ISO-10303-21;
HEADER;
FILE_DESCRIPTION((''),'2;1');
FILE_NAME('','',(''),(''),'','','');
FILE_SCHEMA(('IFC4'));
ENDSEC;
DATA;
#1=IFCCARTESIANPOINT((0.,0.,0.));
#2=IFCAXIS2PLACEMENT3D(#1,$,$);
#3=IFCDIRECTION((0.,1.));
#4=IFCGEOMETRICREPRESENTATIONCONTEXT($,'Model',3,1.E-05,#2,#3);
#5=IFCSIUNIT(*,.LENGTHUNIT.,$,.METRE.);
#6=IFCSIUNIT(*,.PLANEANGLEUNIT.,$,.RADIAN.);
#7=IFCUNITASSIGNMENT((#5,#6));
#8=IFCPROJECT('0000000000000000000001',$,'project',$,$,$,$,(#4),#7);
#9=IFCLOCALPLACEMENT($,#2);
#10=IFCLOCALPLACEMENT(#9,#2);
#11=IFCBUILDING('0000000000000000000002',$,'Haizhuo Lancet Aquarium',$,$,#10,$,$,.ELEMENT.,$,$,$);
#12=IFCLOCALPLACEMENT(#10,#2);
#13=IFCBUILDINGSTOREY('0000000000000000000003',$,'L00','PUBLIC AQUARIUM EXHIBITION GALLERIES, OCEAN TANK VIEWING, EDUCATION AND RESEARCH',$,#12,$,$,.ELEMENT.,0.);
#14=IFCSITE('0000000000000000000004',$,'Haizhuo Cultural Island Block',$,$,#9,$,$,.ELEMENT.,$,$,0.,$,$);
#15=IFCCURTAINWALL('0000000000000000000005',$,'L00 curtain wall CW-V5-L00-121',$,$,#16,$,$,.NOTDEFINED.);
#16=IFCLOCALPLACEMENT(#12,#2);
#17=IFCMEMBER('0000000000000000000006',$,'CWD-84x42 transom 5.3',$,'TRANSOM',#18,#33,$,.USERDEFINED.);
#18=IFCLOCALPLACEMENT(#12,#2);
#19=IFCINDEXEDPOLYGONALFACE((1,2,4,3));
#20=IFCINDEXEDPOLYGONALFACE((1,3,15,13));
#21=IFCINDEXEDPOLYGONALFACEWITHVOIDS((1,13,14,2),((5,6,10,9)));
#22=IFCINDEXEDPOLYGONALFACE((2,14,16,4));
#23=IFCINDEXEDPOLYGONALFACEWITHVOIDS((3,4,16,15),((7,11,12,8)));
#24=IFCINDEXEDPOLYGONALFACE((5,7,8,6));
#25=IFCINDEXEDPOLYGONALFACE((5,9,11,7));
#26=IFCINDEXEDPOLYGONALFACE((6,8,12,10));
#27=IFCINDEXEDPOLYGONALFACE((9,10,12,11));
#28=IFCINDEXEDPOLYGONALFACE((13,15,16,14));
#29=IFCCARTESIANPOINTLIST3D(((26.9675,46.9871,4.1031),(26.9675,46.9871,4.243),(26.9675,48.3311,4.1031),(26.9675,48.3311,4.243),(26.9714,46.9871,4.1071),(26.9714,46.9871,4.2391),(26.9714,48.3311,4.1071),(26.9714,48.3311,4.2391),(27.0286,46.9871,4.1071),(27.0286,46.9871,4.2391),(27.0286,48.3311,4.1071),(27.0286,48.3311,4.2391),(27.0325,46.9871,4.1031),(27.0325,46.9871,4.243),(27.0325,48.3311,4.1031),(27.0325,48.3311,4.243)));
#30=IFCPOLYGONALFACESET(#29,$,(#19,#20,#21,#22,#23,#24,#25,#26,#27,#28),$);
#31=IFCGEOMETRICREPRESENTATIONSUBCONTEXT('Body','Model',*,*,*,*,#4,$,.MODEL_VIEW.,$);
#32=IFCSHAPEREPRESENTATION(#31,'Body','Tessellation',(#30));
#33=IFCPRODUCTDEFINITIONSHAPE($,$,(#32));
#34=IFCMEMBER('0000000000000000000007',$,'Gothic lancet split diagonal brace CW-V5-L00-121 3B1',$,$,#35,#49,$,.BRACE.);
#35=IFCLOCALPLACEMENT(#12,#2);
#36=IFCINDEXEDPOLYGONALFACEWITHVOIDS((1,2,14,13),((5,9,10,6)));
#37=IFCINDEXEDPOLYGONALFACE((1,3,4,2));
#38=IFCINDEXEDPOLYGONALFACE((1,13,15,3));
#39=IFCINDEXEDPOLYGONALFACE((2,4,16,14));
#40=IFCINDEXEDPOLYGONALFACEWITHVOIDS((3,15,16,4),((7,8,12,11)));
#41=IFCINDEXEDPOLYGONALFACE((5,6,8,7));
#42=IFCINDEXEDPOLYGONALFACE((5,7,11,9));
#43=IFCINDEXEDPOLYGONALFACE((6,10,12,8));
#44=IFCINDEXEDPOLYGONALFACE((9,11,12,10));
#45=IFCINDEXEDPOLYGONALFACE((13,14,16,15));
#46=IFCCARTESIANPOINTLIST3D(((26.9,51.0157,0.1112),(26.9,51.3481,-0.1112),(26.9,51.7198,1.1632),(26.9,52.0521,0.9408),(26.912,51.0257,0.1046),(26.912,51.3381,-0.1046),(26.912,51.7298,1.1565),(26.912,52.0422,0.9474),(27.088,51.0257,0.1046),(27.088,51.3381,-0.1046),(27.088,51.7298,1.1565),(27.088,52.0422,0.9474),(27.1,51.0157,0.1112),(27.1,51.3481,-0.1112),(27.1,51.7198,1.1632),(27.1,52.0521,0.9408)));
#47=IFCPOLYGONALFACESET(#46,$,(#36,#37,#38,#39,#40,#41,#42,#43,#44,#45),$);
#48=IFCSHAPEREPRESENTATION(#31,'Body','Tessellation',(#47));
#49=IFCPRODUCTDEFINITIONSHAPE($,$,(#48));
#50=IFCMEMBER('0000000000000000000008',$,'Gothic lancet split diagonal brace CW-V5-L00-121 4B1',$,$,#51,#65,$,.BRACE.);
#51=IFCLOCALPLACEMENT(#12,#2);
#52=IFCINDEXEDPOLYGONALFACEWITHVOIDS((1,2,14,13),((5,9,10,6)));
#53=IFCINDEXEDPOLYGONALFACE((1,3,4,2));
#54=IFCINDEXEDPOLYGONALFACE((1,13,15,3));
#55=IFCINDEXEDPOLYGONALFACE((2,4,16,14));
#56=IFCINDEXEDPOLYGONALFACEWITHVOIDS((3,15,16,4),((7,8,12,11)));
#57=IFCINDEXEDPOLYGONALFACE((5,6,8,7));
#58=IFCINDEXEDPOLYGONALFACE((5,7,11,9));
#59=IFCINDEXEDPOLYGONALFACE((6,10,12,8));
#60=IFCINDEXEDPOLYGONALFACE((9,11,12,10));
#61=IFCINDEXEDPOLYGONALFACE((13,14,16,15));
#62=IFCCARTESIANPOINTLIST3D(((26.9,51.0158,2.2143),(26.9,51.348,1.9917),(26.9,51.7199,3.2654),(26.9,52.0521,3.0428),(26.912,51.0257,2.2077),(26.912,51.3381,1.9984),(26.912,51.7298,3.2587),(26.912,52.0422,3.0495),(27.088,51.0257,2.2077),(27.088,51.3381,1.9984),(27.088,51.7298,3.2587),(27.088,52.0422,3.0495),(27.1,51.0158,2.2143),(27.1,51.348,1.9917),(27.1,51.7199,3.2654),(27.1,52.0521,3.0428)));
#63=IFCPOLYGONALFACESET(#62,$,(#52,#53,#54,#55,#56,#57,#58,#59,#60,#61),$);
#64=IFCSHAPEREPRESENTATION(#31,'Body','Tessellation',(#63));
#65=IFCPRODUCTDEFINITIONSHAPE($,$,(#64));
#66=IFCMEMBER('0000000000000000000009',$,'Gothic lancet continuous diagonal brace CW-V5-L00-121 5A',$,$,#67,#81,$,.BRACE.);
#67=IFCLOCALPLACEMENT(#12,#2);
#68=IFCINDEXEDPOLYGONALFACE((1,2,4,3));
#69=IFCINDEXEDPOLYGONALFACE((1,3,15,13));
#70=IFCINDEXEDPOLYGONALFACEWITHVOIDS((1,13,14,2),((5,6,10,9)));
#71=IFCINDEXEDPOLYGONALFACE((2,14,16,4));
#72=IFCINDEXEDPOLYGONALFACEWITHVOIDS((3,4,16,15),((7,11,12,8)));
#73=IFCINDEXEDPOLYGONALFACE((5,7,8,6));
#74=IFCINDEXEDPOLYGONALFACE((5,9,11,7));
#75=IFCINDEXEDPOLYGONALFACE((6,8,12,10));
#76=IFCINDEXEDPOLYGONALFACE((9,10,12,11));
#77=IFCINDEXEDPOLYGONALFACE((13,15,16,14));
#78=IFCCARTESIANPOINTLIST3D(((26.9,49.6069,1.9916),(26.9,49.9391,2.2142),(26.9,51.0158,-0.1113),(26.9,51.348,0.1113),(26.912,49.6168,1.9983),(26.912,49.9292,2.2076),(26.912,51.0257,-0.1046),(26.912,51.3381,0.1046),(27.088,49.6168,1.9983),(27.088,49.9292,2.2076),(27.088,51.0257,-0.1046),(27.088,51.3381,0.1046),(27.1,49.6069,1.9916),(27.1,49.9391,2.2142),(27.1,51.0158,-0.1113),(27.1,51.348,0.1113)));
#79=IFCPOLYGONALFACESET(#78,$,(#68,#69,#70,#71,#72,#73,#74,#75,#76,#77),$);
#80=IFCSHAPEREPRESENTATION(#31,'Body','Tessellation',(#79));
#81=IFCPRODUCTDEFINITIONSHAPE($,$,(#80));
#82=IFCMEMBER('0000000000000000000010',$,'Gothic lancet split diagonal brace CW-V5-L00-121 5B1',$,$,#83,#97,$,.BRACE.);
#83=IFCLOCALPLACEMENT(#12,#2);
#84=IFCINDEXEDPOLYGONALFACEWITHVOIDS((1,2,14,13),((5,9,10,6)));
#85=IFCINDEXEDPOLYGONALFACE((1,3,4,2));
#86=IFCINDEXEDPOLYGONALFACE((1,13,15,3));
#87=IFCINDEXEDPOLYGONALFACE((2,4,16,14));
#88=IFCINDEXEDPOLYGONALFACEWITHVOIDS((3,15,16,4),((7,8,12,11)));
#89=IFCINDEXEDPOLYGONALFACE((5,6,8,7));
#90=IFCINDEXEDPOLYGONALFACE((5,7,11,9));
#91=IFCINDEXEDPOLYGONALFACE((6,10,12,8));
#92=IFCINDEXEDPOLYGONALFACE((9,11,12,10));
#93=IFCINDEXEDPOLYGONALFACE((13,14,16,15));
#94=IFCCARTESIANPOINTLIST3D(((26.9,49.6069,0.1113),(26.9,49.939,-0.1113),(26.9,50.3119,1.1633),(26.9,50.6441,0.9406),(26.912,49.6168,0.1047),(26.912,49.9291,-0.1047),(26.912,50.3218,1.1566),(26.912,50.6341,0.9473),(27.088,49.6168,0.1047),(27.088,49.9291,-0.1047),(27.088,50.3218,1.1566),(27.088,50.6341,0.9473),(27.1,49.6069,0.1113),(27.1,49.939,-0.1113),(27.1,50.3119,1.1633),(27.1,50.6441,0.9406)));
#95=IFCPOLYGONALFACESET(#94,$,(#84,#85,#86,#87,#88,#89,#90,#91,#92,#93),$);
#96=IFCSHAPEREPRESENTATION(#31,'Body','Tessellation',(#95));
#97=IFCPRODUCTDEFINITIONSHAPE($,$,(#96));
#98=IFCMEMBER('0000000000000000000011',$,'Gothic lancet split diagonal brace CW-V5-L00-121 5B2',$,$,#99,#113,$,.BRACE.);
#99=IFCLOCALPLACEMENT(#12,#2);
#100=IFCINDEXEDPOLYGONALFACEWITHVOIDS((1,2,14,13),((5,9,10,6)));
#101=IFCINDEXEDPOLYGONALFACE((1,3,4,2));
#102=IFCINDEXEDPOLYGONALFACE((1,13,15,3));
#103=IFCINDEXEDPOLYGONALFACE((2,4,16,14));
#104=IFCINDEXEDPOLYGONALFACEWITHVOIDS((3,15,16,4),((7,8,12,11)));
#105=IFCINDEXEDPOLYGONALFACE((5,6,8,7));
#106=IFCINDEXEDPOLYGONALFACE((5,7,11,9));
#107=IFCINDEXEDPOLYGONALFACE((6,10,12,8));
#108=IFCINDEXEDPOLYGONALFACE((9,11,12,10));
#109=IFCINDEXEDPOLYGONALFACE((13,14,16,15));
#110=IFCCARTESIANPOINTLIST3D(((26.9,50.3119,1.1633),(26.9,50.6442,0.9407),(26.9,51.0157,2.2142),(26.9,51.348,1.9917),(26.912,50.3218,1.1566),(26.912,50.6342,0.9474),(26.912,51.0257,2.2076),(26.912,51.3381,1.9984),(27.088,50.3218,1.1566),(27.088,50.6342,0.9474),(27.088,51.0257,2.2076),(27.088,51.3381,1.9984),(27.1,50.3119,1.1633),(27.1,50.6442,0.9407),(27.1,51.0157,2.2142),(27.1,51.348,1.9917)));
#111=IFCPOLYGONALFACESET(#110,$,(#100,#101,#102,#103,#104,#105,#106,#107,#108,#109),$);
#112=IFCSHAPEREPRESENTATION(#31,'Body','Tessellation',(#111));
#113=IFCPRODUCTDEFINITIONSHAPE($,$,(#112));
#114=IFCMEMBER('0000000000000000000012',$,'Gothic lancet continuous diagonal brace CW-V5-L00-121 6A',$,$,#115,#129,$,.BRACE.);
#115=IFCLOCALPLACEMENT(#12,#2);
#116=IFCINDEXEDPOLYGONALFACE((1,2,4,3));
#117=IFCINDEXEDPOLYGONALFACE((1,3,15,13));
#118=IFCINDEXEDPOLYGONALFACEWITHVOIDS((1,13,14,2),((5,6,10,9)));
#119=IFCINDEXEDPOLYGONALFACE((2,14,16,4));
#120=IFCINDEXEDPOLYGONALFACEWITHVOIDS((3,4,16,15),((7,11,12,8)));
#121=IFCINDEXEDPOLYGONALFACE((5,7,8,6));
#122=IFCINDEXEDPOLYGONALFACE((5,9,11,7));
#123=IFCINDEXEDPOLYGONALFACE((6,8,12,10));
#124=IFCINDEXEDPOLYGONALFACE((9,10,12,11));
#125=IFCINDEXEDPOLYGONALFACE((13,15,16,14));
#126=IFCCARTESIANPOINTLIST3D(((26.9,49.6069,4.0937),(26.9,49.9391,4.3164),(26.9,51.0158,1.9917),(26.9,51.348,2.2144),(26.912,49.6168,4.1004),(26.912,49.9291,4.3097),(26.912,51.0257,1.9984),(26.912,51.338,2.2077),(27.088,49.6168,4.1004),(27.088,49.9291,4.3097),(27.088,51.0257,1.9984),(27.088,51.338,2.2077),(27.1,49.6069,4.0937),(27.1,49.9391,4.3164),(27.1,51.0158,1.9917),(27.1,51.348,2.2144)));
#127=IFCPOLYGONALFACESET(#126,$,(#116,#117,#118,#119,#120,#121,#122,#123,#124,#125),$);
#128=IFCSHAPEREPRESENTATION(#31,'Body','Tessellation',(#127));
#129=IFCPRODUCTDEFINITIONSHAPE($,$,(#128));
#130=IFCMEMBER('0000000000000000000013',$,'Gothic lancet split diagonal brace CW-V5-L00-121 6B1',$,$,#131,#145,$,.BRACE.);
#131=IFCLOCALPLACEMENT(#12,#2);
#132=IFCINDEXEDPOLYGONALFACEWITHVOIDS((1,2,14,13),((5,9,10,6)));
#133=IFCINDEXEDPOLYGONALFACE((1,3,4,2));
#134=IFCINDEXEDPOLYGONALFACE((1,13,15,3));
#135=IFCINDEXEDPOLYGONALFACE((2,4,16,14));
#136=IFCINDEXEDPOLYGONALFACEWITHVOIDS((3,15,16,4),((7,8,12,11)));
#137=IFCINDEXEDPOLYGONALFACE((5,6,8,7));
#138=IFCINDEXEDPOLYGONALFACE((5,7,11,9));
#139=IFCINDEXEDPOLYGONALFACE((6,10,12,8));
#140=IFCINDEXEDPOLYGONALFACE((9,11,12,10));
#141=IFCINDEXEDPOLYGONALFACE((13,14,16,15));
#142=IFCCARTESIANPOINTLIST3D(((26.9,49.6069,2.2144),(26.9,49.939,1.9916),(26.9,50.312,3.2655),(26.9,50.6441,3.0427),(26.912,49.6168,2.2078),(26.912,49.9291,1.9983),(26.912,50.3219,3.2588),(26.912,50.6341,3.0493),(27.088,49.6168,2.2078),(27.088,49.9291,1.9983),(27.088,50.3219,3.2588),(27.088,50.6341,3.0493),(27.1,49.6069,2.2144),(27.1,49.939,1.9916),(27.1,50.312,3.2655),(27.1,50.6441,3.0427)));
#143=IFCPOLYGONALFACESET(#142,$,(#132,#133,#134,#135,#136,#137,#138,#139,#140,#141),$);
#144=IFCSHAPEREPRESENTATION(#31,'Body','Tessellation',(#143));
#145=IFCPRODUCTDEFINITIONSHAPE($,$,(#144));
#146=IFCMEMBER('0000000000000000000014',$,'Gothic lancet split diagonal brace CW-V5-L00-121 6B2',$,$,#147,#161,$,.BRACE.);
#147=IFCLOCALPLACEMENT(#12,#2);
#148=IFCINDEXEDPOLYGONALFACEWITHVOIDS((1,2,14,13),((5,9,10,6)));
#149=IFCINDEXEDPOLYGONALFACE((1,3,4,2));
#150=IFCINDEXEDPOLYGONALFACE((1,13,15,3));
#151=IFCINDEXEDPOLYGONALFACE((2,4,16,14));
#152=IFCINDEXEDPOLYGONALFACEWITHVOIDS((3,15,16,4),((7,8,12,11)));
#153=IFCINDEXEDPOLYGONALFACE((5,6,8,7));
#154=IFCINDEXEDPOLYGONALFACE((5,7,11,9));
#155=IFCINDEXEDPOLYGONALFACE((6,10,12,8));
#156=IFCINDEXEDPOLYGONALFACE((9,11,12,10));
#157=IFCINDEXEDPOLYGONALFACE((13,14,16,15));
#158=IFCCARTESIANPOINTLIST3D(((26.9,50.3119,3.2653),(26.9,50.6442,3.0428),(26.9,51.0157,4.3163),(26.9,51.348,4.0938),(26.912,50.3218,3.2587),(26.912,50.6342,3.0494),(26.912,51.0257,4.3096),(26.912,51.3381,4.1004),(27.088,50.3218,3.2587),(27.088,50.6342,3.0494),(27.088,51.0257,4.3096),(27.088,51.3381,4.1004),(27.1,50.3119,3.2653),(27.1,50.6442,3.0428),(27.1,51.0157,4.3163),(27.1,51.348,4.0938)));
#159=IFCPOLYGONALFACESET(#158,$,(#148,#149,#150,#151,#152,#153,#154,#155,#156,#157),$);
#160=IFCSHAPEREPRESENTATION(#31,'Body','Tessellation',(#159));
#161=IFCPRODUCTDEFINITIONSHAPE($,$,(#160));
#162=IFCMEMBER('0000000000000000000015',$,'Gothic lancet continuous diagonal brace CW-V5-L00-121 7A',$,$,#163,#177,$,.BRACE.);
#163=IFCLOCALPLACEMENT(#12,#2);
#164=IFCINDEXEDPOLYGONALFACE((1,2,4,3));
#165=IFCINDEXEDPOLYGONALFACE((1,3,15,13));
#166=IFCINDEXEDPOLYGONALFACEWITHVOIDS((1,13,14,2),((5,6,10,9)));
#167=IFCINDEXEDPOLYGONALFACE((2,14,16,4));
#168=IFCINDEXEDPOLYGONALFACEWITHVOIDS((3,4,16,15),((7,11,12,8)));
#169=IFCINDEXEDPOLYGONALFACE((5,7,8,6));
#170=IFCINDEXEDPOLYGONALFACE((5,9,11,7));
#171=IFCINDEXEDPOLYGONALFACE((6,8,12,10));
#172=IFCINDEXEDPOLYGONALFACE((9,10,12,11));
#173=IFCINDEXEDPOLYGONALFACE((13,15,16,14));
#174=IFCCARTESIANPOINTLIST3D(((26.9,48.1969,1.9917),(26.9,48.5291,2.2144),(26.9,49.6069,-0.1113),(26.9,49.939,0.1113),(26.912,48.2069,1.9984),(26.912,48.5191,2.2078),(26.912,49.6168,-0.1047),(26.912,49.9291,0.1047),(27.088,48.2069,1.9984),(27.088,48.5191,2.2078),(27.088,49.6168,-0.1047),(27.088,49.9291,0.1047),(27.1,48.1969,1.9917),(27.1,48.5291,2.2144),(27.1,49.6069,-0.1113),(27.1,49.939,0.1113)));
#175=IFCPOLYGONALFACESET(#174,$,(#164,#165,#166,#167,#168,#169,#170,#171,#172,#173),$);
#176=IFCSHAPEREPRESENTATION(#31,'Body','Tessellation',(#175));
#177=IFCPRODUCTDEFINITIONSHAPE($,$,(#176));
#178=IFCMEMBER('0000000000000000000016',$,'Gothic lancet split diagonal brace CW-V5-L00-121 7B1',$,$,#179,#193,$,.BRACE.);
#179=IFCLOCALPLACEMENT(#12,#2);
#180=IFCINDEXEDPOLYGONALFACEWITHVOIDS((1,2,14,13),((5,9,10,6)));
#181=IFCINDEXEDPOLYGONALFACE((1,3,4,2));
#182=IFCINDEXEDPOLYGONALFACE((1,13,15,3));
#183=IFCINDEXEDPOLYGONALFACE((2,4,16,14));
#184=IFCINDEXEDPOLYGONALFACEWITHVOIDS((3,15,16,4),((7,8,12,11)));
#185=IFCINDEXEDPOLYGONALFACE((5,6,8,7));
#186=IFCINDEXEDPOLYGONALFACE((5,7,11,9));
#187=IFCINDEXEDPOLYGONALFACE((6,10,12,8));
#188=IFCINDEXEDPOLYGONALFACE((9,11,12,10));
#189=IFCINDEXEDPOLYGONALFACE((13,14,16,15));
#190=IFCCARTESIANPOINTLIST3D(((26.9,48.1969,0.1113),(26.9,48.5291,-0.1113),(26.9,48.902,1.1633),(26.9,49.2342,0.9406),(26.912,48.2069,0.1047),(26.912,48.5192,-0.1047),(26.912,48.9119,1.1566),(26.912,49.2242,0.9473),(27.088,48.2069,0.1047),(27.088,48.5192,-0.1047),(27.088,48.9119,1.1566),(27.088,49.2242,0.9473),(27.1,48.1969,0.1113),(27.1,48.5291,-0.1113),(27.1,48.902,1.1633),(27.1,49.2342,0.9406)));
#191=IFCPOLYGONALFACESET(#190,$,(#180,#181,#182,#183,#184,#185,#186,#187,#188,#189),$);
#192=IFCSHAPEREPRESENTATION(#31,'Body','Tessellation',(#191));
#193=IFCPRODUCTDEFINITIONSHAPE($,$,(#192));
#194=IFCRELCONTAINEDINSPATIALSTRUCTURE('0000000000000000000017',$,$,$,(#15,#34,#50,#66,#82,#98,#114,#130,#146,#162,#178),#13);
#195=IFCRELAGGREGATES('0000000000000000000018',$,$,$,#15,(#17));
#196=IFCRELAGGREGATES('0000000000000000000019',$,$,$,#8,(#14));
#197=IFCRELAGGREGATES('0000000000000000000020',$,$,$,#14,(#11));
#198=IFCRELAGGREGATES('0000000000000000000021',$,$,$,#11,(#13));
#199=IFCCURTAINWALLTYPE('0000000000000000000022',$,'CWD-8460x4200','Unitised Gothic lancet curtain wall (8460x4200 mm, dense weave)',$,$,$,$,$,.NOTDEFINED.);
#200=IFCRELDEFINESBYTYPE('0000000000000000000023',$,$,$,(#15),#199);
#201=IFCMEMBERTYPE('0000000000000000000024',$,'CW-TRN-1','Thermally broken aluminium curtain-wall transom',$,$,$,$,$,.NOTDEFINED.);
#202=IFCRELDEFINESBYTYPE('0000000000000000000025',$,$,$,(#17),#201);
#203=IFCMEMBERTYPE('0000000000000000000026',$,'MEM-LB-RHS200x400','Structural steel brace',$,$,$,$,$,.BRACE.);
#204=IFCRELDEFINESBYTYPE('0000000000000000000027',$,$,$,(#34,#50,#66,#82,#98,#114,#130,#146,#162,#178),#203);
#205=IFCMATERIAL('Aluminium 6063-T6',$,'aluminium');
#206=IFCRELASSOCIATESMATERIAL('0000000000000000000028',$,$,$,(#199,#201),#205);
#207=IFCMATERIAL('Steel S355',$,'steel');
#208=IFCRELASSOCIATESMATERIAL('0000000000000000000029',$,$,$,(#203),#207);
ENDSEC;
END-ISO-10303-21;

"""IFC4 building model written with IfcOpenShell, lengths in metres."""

from ifc_helpers import new_model, si_unit, direction, frame, origin, origin_2d, place, context, subcontext, project, spatial, hollow_rectangle, extrude, material, material_profile, profile_set, type_object, element, aggregate, save


model = new_model("IFC4")

# Units and contexts
model_context = context("Model", 3, precision=1e-05, world=origin(), true_north=direction((0.0, 1.0)))
body_context = subcontext(model_context, "Body", "Model", "MODEL_VIEW")
ifc_project = project(units=[si_unit("LENGTHUNIT", "METRE"), si_unit("PLANEANGLEUNIT", "RADIAN")], contexts=[model_context])

# Site, building, storey
site_placement = place(None, origin())
site = spatial("IfcSite", under=ifc_project, at=site_placement, Name="Haizhuo Cultural Island Block", CompositionType="ELEMENT", RefElevation=0.0)
building_placement = place(site_placement, origin())
building = spatial("IfcBuilding", under=site, at=building_placement, Name="Haizhuo Lancet Aquarium", CompositionType="ELEMENT")
storey_placement = place(building_placement, origin())
storey = spatial("IfcBuildingStorey", under=building, at=storey_placement, Name="L00", Description="PUBLIC AQUARIUM EXHIBITION GALLERIES, OCEAN TANK VIEWING, EDUCATION AND RESEARCH", CompositionType="ELEMENT", Elevation=0.0)

# Curtain wall, member
ifc_material_1 = material(Name="Aluminium 6063-T6", Category="aluminium")
curtain_wall_type = type_object("IfcCurtainWallType", Name="CWD-8460x4200", Description="Unitised Gothic lancet curtain wall (8460x4200 mm, dense weave)", PredefinedType="NOTDEFINED", material=ifc_material_1)
curtain_wall_placement = place(storey_placement, origin())
curtain_wall = element("IfcCurtainWall", 1, at=curtain_wall_placement, inside=storey, type_object=curtain_wall_type, Name="L00 curtain wall CW-V5-L00-121", PredefinedType="NOTDEFINED")
ifc_material_profile_1 = material_profile(ifc_material_1, hollow_rectangle(XDim=0.0649, YDim=0.1399, WallThickness=0.0039, at=origin_2d()), Name="ALU-T 65x140x4")
ifc_profile_set_1 = profile_set([ifc_material_profile_1], Name="Aluminium 6063-T6")
member_type_1 = type_object("IfcMemberType", Name="CW-TRN-1", Description="Thermally broken aluminium curtain-wall transom", PredefinedType="NOTDEFINED", material=ifc_profile_set_1)
member_1_placement = place(storey_placement, frame((27.0, 48.3311, 4.1731), z_axis=(0.0, -1.0, 0.0), x_axis=(1.0, 0.0, 0.0)))
member_1 = element("IfcMember", 2, at=member_1_placement, type_object=member_type_1, Name="CWD-84x42 transom 5.3", ObjectType="TRANSOM", PredefinedType="USERDEFINED", context=body_context, shape_type="SweptSolid", body=[
    extrude(hollow_rectangle(XDim=0.0649, YDim=0.1399, WallThickness=0.0039, at=origin_2d()), origin(), (0.0, 0.0, 1.0), 1.344),
])

# Members
ifc_material_2 = material(Name="Steel S355", Category="steel")
ifc_material_profile_2 = material_profile(ifc_material_2, hollow_rectangle(XDim=0.2, YDim=0.3999, WallThickness=0.012, at=origin_2d()), Name="RHS 200x400x12")
ifc_profile_set_2 = profile_set([ifc_material_profile_2], Name="Steel S355")
member_type_2 = type_object("IfcMemberType", Name="MEM-LB-RHS200x400", Description="Structural steel brace", PredefinedType="BRACE", material=ifc_profile_set_2)
member_2_placement = place(storey_placement, frame((27.0, 51.1819, 0.0), z_axis=(0.0, 0.556212, 0.83104), x_axis=(-1.0, 0.0, 0.0)))
element("IfcMember", 3, at=member_2_placement, inside=storey, type_object=member_type_2, Name="Gothic lancet split diagonal brace CW-V5-L00-121 3B1", PredefinedType="BRACE", context=body_context, shape_type="SweptSolid", body=[
    extrude(hollow_rectangle(XDim=0.2, YDim=0.3999, WallThickness=0.012, at=origin_2d()), origin(), (0.0, 0.0, 1.0), 1.2659),
])
member_3_placement = place(storey_placement, frame((27.0, 51.1819, 2.103), z_axis=(0.0, 0.556569, 0.830801), x_axis=(-1.0, 0.0, 0.0)))
element("IfcMember", 4, at=member_3_placement, inside=storey, type_object=member_type_2, Name="Gothic lancet split diagonal brace CW-V5-L00-121 4B1", PredefinedType="BRACE", context=body_context, shape_type="SweptSolid", body=[
    extrude(hollow_rectangle(XDim=0.2, YDim=0.3999, WallThickness=0.012, at=origin_2d()), origin(), (0.0, 0.0, 1.0), 1.2651),
])
member_4_placement = place(storey_placement, frame((27.0, 51.1819, 0.0), z_axis=(0.0, -0.556591, 0.830787), x_axis=(1.0, 0.0, 0.0)))
element("IfcMember", 5, at=member_4_placement, inside=storey, type_object=member_type_2, Name="Gothic lancet continuous diagonal brace CW-V5-L00-121 5A", PredefinedType="BRACE", context=body_context, shape_type="SweptSolid", body=[
    extrude(hollow_rectangle(XDim=0.2, YDim=0.3999, WallThickness=0.012, at=origin_2d()), origin(), (0.0, 0.0, 1.0), 2.5312),
])
member_5_placement = place(storey_placement, frame((27.0, 49.7729, 0.0), z_axis=(0.0, 0.556745, 0.830683), x_axis=(-1.0, 0.0, 0.0)))
element("IfcMember", 6, at=member_5_placement, inside=storey, type_object=member_type_2, Name="Gothic lancet split diagonal brace CW-V5-L00-121 5B1", PredefinedType="BRACE", context=body_context, shape_type="SweptSolid", body=[
    extrude(hollow_rectangle(XDim=0.2, YDim=0.3999, WallThickness=0.012, at=origin_2d()), origin(), (0.0, 0.0, 1.0), 1.2664),
])
member_6_placement = place(storey_placement, frame((27.0, 50.478, 1.052), z_axis=(0.0, 0.556436, 0.83089), x_axis=(-1.0, 0.0, 0.0)))
element("IfcMember", 7, at=member_6_placement, inside=storey, type_object=member_type_2, Name="Gothic lancet split diagonal brace CW-V5-L00-121 5B2", PredefinedType="BRACE", context=body_context, shape_type="SweptSolid", body=[
    extrude(hollow_rectangle(XDim=0.2, YDim=0.3999, WallThickness=0.012, at=origin_2d()), origin(), (0.0, 0.0, 1.0), 1.2649),
])
member_7_placement = place(storey_placement, frame((27.0, 51.1819, 2.103), z_axis=(0.0, -0.556769, 0.830667), x_axis=(1.0, 0.0, 0.0)))
element("IfcMember", 8, at=member_7_placement, inside=storey, type_object=member_type_2, Name="Gothic lancet continuous diagonal brace CW-V5-L00-121 6A", PredefinedType="BRACE", context=body_context, shape_type="SweptSolid", body=[
    extrude(hollow_rectangle(XDim=0.2, YDim=0.3999, WallThickness=0.012, at=origin_2d()), origin(), (0.0, 0.0, 1.0), 2.5305),
])
member_8_placement = place(storey_placement, frame((27.0, 49.7729, 2.103), z_axis=(0.0, 0.557102, 0.830444), x_axis=(-1.0, 0.0, 0.0)))
element("IfcMember", 9, at=member_8_placement, inside=storey, type_object=member_type_2, Name="Gothic lancet split diagonal brace CW-V5-L00-121 6B1", PredefinedType="BRACE", context=body_context, shape_type="SweptSolid", body=[
    extrude(hollow_rectangle(XDim=0.2, YDim=0.3999, WallThickness=0.012, at=origin_2d()), origin(), (0.0, 0.0, 1.0), 1.2656),
])
member_9_placement = place(storey_placement, frame((27.0, 50.478, 3.1541), z_axis=(0.0, 0.556436, 0.83089), x_axis=(-1.0, 0.0, 0.0)))
element("IfcMember", 10, at=member_9_placement, inside=storey, type_object=member_type_2, Name="Gothic lancet split diagonal brace CW-V5-L00-121 6B2", PredefinedType="BRACE", context=body_context, shape_type="SweptSolid", body=[
    extrude(hollow_rectangle(XDim=0.2, YDim=0.3999, WallThickness=0.012, at=origin_2d()), origin(), (0.0, 0.0, 1.0), 1.2649),
])
member_10_placement = place(storey_placement, frame((27.0, 49.7729, 0.0), z_axis=(0.0, -0.556857, 0.830609), x_axis=(1.0, 0.0, 0.0)))
element("IfcMember", 11, at=member_10_placement, inside=storey, type_object=member_type_2, Name="Gothic lancet continuous diagonal brace CW-V5-L00-121 7A", PredefinedType="BRACE", context=body_context, shape_type="SweptSolid", body=[
    extrude(hollow_rectangle(XDim=0.2, YDim=0.3999, WallThickness=0.012, at=origin_2d()), origin(), (0.0, 0.0, 1.0), 2.532),
])
member_11_placement = place(storey_placement, frame((27.0, 48.363, 0.0), z_axis=(0.0, 0.556745, 0.830683), x_axis=(-1.0, 0.0, 0.0)))
element("IfcMember", 12, at=member_11_placement, inside=storey, type_object=member_type_2, Name="Gothic lancet split diagonal brace CW-V5-L00-121 7B1", PredefinedType="BRACE", context=body_context, shape_type="SweptSolid", body=[
    extrude(hollow_rectangle(XDim=0.2, YDim=0.3999, WallThickness=0.012, at=origin_2d()), origin(), (0.0, 0.0, 1.0), 1.2664),
])

aggregate(curtain_wall, [member_1])

save(model, "model.ifc")
